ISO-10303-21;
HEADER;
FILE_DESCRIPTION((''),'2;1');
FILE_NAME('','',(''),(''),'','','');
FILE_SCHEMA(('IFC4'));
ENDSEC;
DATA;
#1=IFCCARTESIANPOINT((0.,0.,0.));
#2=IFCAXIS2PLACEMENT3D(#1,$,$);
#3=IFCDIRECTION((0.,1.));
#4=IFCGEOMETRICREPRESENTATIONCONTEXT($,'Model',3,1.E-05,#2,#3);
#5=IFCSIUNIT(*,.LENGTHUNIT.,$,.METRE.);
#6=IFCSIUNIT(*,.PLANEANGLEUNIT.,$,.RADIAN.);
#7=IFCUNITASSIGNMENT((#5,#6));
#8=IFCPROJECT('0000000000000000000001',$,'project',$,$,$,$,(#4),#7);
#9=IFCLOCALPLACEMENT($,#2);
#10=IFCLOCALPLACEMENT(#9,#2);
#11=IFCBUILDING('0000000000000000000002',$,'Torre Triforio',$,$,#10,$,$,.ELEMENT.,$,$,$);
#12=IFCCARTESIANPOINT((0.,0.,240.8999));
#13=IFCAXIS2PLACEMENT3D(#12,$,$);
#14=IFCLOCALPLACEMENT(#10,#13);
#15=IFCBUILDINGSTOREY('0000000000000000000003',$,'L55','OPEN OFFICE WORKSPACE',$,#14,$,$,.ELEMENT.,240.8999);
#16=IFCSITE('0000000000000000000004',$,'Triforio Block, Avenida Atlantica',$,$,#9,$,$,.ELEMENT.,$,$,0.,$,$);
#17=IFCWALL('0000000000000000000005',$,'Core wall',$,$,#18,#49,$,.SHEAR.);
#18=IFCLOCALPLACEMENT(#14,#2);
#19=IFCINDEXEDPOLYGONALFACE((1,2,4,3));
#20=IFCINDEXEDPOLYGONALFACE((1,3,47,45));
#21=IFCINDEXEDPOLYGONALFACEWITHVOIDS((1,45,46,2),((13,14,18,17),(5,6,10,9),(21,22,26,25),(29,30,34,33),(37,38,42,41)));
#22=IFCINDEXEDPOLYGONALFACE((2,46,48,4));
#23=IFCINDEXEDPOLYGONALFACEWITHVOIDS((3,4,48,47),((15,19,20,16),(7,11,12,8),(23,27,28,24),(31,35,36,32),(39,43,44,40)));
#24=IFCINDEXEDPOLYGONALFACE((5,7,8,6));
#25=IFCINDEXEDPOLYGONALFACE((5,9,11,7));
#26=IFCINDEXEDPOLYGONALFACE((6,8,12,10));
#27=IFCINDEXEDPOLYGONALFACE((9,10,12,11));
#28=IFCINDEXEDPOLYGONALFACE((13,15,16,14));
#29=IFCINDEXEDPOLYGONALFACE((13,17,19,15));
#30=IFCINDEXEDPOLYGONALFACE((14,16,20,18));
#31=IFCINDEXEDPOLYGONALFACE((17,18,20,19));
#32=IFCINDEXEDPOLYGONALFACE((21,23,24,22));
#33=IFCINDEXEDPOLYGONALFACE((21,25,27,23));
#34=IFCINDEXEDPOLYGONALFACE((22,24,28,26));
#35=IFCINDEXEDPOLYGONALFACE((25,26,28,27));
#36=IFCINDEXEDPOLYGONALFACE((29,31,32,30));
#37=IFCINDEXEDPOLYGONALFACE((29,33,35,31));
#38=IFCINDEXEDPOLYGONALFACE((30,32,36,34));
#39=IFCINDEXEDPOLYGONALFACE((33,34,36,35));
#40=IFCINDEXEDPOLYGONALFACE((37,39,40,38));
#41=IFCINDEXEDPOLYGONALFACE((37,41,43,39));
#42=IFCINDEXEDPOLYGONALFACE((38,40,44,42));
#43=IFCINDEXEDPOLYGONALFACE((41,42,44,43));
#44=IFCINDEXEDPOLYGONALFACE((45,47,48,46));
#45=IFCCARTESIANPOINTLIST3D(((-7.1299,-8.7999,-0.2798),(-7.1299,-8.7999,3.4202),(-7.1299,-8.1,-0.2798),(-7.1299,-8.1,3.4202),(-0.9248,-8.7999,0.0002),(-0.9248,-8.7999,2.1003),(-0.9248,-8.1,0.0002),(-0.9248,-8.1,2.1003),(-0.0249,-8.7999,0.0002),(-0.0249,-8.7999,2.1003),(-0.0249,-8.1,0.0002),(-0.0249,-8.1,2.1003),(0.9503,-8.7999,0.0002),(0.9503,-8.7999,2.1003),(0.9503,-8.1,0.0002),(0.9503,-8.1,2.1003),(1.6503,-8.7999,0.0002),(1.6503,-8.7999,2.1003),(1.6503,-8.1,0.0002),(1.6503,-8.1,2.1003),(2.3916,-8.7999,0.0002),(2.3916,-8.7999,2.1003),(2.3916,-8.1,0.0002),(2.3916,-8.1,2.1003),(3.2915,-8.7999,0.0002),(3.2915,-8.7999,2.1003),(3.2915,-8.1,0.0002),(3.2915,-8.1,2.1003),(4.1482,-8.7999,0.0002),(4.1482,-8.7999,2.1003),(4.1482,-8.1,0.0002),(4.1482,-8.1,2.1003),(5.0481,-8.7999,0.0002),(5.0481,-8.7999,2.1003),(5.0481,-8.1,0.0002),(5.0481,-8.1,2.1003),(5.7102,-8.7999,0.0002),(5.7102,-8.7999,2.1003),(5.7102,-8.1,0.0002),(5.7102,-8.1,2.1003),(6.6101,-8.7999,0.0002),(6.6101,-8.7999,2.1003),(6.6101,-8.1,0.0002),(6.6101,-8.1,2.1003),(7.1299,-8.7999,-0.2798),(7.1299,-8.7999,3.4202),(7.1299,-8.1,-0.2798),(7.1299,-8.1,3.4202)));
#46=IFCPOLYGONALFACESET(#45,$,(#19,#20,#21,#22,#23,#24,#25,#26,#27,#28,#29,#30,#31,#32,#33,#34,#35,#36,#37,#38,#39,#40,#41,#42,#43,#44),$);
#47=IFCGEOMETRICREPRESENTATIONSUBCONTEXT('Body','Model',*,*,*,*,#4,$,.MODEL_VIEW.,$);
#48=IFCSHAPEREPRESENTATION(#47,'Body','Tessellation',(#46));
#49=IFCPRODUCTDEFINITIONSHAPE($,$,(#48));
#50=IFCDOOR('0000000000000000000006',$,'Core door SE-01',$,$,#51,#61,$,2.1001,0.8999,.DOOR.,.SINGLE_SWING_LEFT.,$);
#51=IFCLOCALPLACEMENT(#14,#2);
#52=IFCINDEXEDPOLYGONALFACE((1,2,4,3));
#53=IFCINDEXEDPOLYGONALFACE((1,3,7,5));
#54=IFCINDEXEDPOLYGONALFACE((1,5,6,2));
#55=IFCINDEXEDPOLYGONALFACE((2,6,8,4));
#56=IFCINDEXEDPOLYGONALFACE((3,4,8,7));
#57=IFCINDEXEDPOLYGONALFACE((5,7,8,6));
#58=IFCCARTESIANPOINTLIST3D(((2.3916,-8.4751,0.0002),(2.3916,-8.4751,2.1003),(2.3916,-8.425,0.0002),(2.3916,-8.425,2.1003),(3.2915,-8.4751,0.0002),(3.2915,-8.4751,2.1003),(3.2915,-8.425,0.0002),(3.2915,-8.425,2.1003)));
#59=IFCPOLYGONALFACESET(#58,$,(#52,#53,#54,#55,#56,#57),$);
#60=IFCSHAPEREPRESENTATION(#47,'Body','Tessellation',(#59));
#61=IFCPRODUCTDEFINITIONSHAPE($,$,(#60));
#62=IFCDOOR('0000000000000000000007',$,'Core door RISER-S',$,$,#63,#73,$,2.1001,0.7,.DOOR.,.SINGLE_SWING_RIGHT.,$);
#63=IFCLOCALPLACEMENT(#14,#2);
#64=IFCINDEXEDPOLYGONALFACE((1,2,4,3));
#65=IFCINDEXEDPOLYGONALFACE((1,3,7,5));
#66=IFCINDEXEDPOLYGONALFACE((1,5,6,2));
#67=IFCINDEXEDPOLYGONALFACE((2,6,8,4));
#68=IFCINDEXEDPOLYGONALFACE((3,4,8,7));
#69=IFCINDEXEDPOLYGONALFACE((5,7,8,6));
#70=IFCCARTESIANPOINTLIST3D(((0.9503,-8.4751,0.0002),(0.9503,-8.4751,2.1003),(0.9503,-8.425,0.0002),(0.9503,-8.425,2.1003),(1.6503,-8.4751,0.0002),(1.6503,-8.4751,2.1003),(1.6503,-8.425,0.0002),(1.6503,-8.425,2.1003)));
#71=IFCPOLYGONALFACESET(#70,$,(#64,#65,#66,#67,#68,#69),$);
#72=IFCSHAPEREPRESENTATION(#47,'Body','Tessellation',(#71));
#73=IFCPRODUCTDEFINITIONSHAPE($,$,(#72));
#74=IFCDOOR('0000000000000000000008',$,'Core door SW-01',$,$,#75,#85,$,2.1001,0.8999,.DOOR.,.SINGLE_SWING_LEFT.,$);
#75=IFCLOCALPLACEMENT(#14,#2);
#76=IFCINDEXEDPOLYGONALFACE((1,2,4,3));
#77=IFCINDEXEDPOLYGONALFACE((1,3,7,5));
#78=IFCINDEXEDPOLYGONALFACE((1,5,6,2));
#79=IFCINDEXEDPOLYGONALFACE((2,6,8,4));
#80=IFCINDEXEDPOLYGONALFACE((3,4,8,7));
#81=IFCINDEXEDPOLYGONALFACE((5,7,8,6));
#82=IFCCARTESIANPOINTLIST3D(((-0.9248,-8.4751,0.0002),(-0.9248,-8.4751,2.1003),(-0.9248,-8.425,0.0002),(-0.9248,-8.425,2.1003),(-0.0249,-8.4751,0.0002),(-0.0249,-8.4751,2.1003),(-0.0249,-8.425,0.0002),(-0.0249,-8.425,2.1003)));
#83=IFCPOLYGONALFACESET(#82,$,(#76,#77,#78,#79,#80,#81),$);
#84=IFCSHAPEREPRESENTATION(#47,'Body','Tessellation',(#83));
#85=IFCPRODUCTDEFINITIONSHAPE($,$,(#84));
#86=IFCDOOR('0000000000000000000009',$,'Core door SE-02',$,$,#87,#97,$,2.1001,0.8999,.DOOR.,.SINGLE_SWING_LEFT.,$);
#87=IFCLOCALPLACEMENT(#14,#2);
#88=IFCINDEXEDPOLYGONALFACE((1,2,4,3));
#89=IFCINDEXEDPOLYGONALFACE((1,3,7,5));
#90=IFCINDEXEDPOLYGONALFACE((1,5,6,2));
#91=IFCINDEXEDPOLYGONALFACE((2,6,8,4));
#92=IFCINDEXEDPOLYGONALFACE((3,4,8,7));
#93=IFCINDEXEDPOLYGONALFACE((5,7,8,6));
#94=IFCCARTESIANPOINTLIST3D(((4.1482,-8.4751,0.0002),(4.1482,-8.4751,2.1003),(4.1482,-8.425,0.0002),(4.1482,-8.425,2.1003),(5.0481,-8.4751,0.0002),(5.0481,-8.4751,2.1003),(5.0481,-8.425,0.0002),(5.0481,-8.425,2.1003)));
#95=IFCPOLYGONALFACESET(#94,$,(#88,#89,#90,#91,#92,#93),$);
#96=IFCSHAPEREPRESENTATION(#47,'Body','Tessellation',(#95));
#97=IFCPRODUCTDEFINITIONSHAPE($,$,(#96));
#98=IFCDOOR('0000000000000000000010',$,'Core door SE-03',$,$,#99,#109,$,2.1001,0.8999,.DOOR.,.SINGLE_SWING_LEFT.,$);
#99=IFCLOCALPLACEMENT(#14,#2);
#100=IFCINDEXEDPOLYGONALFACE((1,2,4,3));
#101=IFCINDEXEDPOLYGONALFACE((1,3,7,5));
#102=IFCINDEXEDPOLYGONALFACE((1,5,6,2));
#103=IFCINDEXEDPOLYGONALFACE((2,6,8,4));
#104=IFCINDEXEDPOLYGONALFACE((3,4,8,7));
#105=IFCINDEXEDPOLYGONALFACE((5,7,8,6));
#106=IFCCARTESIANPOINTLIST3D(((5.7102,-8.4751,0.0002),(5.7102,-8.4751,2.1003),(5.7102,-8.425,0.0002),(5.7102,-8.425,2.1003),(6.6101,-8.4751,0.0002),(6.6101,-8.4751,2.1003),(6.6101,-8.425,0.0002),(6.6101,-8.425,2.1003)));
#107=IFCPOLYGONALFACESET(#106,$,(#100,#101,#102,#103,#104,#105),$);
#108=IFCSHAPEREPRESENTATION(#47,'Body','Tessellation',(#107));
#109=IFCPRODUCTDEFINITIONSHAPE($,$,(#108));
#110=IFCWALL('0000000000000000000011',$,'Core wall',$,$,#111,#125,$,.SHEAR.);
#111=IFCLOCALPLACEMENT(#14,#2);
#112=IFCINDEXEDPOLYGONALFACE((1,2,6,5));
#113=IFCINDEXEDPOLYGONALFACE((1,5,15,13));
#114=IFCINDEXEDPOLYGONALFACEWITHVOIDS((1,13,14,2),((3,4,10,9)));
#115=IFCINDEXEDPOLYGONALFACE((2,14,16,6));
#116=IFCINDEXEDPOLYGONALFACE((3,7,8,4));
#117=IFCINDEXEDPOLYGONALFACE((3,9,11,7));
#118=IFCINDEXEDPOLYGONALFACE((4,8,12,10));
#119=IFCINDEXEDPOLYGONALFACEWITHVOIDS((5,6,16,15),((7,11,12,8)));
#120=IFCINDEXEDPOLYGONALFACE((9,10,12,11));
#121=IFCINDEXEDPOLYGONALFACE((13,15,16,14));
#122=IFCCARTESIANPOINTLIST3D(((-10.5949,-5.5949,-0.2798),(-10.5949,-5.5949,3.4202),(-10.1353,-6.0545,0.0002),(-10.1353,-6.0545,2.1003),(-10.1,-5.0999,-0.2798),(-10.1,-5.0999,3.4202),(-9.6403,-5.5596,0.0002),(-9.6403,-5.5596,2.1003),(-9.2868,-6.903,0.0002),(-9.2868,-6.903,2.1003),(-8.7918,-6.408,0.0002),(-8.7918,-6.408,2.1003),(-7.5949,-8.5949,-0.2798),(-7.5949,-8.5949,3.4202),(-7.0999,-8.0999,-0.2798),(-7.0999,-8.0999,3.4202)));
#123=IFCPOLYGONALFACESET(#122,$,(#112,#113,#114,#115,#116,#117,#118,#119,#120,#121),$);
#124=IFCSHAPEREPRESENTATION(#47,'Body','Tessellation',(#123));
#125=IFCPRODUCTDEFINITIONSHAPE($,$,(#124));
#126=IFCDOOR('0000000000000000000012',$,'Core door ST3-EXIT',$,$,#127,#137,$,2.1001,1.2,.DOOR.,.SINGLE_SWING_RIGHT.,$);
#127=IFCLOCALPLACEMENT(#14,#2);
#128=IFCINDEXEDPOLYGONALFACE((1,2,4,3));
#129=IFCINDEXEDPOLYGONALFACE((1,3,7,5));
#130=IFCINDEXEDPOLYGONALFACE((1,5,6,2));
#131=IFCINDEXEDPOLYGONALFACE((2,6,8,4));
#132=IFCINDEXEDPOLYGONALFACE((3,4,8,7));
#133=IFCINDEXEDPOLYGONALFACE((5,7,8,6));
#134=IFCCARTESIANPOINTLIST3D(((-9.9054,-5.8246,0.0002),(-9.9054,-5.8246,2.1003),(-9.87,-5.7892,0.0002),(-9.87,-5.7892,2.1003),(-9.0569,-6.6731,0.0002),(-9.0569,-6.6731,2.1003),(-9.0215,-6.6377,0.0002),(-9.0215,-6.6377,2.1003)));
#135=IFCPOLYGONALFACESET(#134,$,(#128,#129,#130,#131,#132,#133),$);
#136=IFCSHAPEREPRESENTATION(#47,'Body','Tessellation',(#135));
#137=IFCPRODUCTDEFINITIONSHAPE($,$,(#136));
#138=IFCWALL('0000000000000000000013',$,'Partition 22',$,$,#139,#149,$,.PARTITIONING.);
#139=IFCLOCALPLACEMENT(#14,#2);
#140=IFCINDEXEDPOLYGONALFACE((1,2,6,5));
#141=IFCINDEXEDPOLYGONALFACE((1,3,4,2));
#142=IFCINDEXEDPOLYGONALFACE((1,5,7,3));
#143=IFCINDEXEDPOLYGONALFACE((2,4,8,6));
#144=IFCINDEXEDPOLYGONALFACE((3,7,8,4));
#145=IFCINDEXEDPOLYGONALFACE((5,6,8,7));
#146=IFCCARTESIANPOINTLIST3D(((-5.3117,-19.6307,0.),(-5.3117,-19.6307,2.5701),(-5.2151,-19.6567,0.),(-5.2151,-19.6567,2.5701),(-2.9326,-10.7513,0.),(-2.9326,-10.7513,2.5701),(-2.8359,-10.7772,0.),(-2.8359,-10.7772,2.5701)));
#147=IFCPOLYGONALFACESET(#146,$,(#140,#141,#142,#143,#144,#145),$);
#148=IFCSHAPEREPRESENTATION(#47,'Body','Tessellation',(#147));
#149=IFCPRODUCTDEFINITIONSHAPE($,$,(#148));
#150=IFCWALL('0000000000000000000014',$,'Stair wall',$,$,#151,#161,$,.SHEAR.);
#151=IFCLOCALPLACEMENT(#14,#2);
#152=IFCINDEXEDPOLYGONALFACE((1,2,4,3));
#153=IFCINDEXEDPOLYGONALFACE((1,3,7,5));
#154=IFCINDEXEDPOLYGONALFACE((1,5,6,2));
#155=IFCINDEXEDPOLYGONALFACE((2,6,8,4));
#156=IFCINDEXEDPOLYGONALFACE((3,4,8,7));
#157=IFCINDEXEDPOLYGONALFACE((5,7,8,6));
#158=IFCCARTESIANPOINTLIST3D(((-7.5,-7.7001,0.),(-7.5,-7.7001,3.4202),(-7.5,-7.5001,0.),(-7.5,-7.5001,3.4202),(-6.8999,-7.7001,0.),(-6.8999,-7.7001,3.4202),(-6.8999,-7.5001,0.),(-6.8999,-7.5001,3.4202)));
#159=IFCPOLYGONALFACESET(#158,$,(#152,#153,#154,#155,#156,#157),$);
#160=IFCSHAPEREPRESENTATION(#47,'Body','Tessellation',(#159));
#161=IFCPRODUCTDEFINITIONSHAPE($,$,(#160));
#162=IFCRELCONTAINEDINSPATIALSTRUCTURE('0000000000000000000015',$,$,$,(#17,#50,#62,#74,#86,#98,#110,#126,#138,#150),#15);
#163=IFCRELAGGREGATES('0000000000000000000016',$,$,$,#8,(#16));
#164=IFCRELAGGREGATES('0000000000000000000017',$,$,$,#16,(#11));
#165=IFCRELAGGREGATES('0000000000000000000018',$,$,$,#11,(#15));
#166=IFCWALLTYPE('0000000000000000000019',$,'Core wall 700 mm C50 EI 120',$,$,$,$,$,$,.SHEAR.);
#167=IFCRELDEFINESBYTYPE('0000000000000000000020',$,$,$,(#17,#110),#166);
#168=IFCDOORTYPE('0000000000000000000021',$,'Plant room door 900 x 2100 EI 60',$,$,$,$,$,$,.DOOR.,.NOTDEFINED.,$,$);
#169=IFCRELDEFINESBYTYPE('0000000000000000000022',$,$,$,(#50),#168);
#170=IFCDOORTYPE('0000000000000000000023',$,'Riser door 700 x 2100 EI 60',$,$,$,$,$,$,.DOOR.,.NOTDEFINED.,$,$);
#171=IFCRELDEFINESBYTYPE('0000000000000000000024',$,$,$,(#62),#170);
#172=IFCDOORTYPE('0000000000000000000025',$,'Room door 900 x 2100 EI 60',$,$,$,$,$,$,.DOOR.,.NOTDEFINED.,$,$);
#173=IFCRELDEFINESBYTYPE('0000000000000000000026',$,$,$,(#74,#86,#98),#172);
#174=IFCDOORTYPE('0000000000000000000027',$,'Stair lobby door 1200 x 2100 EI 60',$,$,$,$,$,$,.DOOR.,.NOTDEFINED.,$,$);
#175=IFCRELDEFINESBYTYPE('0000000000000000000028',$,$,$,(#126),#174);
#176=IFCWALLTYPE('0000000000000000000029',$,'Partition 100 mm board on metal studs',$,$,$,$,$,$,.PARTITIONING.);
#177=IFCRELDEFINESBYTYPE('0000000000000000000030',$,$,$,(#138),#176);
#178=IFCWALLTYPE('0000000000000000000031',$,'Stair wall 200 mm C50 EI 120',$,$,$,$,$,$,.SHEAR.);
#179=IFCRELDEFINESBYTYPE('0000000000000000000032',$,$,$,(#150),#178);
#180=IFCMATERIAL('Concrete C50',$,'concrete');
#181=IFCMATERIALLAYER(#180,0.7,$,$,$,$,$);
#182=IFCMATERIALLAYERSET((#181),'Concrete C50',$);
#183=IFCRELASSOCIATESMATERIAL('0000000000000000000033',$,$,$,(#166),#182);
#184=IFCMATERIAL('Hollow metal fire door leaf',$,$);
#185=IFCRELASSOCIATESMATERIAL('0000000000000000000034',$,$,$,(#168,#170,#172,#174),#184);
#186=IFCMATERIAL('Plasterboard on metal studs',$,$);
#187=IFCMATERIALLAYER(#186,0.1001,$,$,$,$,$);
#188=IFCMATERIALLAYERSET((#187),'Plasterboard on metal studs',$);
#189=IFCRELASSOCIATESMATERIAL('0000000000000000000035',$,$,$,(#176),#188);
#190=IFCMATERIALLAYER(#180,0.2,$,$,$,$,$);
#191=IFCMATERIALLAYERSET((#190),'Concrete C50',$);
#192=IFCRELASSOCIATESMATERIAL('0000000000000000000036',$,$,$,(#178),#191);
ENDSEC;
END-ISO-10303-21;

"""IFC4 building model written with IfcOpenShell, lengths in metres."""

from ifc_helpers import new_model, si_unit, direction, frame, frame_2d, origin, place, context, subcontext, project, spatial, rectangle, extrude, material, layer, layer_set, type_object, element, fill, save


model = new_model("IFC4")

# Units and contexts
model_context = context("Model", 3, precision=1e-05, world=origin(), true_north=direction((0.0, 1.0)))
body_context = subcontext(model_context, "Body", "Model", "MODEL_VIEW")
ifc_project = project(units=[si_unit("LENGTHUNIT", "METRE"), si_unit("PLANEANGLEUNIT", "RADIAN")], contexts=[model_context])

# Site, building, storey
site_placement = place(None, origin())
site = spatial("IfcSite", under=ifc_project, at=site_placement, Name="Triforio Block, Avenida Atlantica", CompositionType="ELEMENT", RefElevation=0.0)
building_placement = place(site_placement, origin())
building = spatial("IfcBuilding", under=site, at=building_placement, Name="Torre Triforio", CompositionType="ELEMENT")
storey_placement = place(building_placement, frame((0.0, 0.0, 240.8999)))
storey = spatial("IfcBuildingStorey", under=building, at=storey_placement, Name="L55", Description="OPEN OFFICE WORKSPACE", CompositionType="ELEMENT", Elevation=240.8999)

# Shared definitions
ifc_material_1 = material(Name="Concrete C50", Category="concrete")

# Wall, openings, doors
ifc_layer_1 = layer(ifc_material_1, 0.7)
ifc_layer_set_1 = layer_set([ifc_layer_1], Name="Concrete C50")
wall_type_1 = type_object("IfcWallType", Name="Core wall 700 mm C50 EI 120", PredefinedType="SHEAR", material=ifc_layer_set_1)
wall_1_placement = place(storey_placement, frame((-7.1299, -8.45, -0.2798), z_axis=(0.0, 0.0, 1.0), x_axis=(1.0, 0.0, 0.0)))
wall_1 = element("IfcWall", 1, at=wall_1_placement, inside=storey, type_object=wall_type_1, Name="Core wall", PredefinedType="SHEAR", context=body_context, shape_type="SweptSolid", body=[
    extrude(rectangle(XDim=14.2598, YDim=0.7, at=frame_2d((7.1299, 0.0))), origin(), (0.0, 0.0, 1.0), 3.7),
])
opening_1_placement = place(wall_1_placement, frame((8.0801, 0.0, 0.28)))
opening_1 = element("IfcOpeningElement", 2, at=opening_1_placement, cuts=wall_1, PredefinedType="OPENING", context=body_context, shape_type="SweptSolid", body=[
    extrude(rectangle(XDim=0.7, YDim=2.1001, at=frame_2d((0.3501, 1.05))), frame((0.0, 0.3599, 0.0), z_axis=(0.0, -1.0, 0.0), x_axis=(1.0, 0.0, 0.0)), (0.0, 0.0, 1.0), 0.72),
])
opening_2_placement = place(wall_1_placement, frame((6.2051, 0.0, 0.28)))
opening_2 = element("IfcOpeningElement", 3, at=opening_2_placement, cuts=wall_1, PredefinedType="OPENING", context=body_context, shape_type="SweptSolid", body=[
    extrude(rectangle(XDim=0.8999, YDim=2.1001, at=frame_2d((0.45, 1.05))), frame((0.0, 0.3599, 0.0), z_axis=(0.0, -1.0, 0.0), x_axis=(1.0, 0.0, 0.0)), (0.0, 0.0, 1.0), 0.72),
])
opening_3_placement = place(wall_1_placement, frame((9.5215, 0.0, 0.28)))
opening_3 = element("IfcOpeningElement", 4, at=opening_3_placement, cuts=wall_1, PredefinedType="OPENING", context=body_context, shape_type="SweptSolid", body=[
    extrude(rectangle(XDim=0.8999, YDim=2.1001, at=frame_2d((0.45, 1.05))), frame((0.0, 0.3599, 0.0), z_axis=(0.0, -1.0, 0.0), x_axis=(1.0, 0.0, 0.0)), (0.0, 0.0, 1.0), 0.72),
])
opening_4_placement = place(wall_1_placement, frame((11.2781, 0.0, 0.28)))
opening_4 = element("IfcOpeningElement", 5, at=opening_4_placement, cuts=wall_1, PredefinedType="OPENING", context=body_context, shape_type="SweptSolid", body=[
    extrude(rectangle(XDim=0.8999, YDim=2.1001, at=frame_2d((0.45, 1.05))), frame((0.0, 0.3599, 0.0), z_axis=(0.0, -1.0, 0.0), x_axis=(1.0, 0.0, 0.0)), (0.0, 0.0, 1.0), 0.72),
])
opening_5_placement = place(wall_1_placement, frame((12.8401, 0.0, 0.28)))
opening_5 = element("IfcOpeningElement", 6, at=opening_5_placement, cuts=wall_1, PredefinedType="OPENING", context=body_context, shape_type="SweptSolid", body=[
    extrude(rectangle(XDim=0.8999, YDim=2.1001, at=frame_2d((0.45, 1.05))), frame((0.0, 0.3599, 0.0), z_axis=(0.0, -1.0, 0.0), x_axis=(1.0, 0.0, 0.0)), (0.0, 0.0, 1.0), 0.72),
])
ifc_material_2 = material(Name="Hollow metal fire door leaf")
door_type_1 = type_object("IfcDoorType", Name="Plant room door 900 x 2100 EI 60", OperationType="NOTDEFINED", PredefinedType="DOOR", material=ifc_material_2)
door_1_placement = place(opening_3_placement, origin())
door_1 = element("IfcDoor", 7, at=door_1_placement, inside=storey, type_object=door_type_1, Name="Core door SE-01", OperationType="SINGLE_SWING_LEFT", OverallHeight=2.1001, OverallWidth=0.8999, PredefinedType="DOOR", context=body_context, shape_type="SweptSolid", body=[
    extrude(rectangle(XDim=0.8999, YDim=2.1001, at=frame_2d((0.45, 1.05))), frame((0.0, 0.0249, 0.0), z_axis=(0.0, -1.0, 0.0), x_axis=(1.0, 0.0, 0.0)), (0.0, 0.0, 1.0), 0.05),
])
fill(opening_3, door_1)
door_type_2 = type_object("IfcDoorType", Name="Riser door 700 x 2100 EI 60", OperationType="NOTDEFINED", PredefinedType="DOOR", material=ifc_material_2)
door_2_placement = place(opening_1_placement, origin())
door_2 = element("IfcDoor", 8, at=door_2_placement, inside=storey, type_object=door_type_2, Name="Core door RISER-S", OperationType="SINGLE_SWING_RIGHT", OverallHeight=2.1001, OverallWidth=0.7, PredefinedType="DOOR", context=body_context, shape_type="SweptSolid", body=[
    extrude(rectangle(XDim=0.7, YDim=2.1001, at=frame_2d((0.3501, 1.05))), frame((0.0, 0.0249, 0.0), z_axis=(0.0, -1.0, 0.0), x_axis=(1.0, 0.0, 0.0)), (0.0, 0.0, 1.0), 0.05),
])
fill(opening_1, door_2)
door_type_3 = type_object("IfcDoorType", Name="Room door 900 x 2100 EI 60", OperationType="NOTDEFINED", PredefinedType="DOOR", material=ifc_material_2)
door_3_placement = place(opening_2_placement, origin())
door_3 = element("IfcDoor", 9, at=door_3_placement, inside=storey, type_object=door_type_3, Name="Core door SW-01", OperationType="SINGLE_SWING_LEFT", OverallHeight=2.1001, OverallWidth=0.8999, PredefinedType="DOOR", context=body_context, shape_type="SweptSolid", body=[
    extrude(rectangle(XDim=0.8999, YDim=2.1001, at=frame_2d((0.45, 1.05))), frame((0.0, 0.0249, 0.0), z_axis=(0.0, -1.0, 0.0), x_axis=(1.0, 0.0, 0.0)), (0.0, 0.0, 1.0), 0.05),
])
fill(opening_2, door_3)
door_4_placement = place(opening_4_placement, origin())
door_4 = element("IfcDoor", 10, at=door_4_placement, inside=storey, type_object=door_type_3, Name="Core door SE-02", OperationType="SINGLE_SWING_LEFT", OverallHeight=2.1001, OverallWidth=0.8999, PredefinedType="DOOR", context=body_context, shape_type="SweptSolid", body=[
    extrude(rectangle(XDim=0.8999, YDim=2.1001, at=frame_2d((0.45, 1.05))), frame((0.0, 0.0249, 0.0), z_axis=(0.0, -1.0, 0.0), x_axis=(1.0, 0.0, 0.0)), (0.0, 0.0, 1.0), 0.05),
])
fill(opening_4, door_4)
door_5_placement = place(opening_5_placement, origin())
door_5 = element("IfcDoor", 11, at=door_5_placement, inside=storey, type_object=door_type_3, Name="Core door SE-03", OperationType="SINGLE_SWING_LEFT", OverallHeight=2.1001, OverallWidth=0.8999, PredefinedType="DOOR", context=body_context, shape_type="SweptSolid", body=[
    extrude(rectangle(XDim=0.8999, YDim=2.1001, at=frame_2d((0.45, 1.05))), frame((0.0, 0.0249, 0.0), z_axis=(0.0, -1.0, 0.0), x_axis=(1.0, 0.0, 0.0)), (0.0, 0.0, 1.0), 0.05),
])
fill(opening_5, door_5)

# Wall, opening, door
wall_2_placement = place(storey_placement, frame((-7.3474, -8.3474, -0.2798), z_axis=(0.0, 0.0, 1.0), x_axis=(-0.707107, 0.707107, 0.0)))
wall_2 = element("IfcWall", 12, at=wall_2_placement, inside=storey, type_object=wall_type_1, Name="Core wall", PredefinedType="SHEAR", context=body_context, shape_type="SweptSolid", body=[
    extrude(rectangle(XDim=4.2427, YDim=0.7, at=frame_2d((2.1213, 0.0))), origin(), (0.0, 0.0, 1.0), 3.7),
])
opening_6_placement = place(wall_2_placement, frame((2.3926, 0.0, 0.28)))
opening_6 = element("IfcOpeningElement", 13, at=opening_6_placement, cuts=wall_2, PredefinedType="OPENING", context=body_context, shape_type="SweptSolid", body=[
    extrude(rectangle(XDim=1.2, YDim=2.1001, at=frame_2d((0.6001, 1.05))), frame((0.0, 0.3599, 0.0), z_axis=(0.0, -1.0, 0.0), x_axis=(1.0, 0.0, 0.0)), (0.0, 0.0, 1.0), 0.72),
])
door_type_4 = type_object("IfcDoorType", Name="Stair lobby door 1200 x 2100 EI 60", OperationType="NOTDEFINED", PredefinedType="DOOR", material=ifc_material_2)
door_6_placement = place(opening_6_placement, origin())
door_6 = element("IfcDoor", 14, at=door_6_placement, inside=storey, type_object=door_type_4, Name="Core door ST3-EXIT", OperationType="SINGLE_SWING_RIGHT", OverallHeight=2.1001, OverallWidth=1.2, PredefinedType="DOOR", context=body_context, shape_type="SweptSolid", body=[
    extrude(rectangle(XDim=1.2, YDim=2.1001, at=frame_2d((0.6001, 1.05))), frame((0.0, 0.0249, 0.0), z_axis=(0.0, -1.0, 0.0), x_axis=(1.0, 0.0, 0.0)), (0.0, 0.0, 1.0), 0.05),
])
fill(opening_6, door_6)

# Walls
ifc_material_3 = material(Name="Plasterboard on metal studs")
ifc_layer_2 = layer(ifc_material_3, 0.1001)
ifc_layer_set_2 = layer_set([ifc_layer_2], Name="Plasterboard on metal studs")
wall_type_2 = type_object("IfcWallType", Name="Partition 100 mm board on metal studs", PredefinedType="PARTITIONING", material=ifc_layer_set_2)
wall_3_placement = place(storey_placement, frame((-2.8843, -10.7644, 0.0), z_axis=(0.0, 0.0, 1.0), x_axis=(-0.258811, -0.965928, 0.0)))
element("IfcWall", 15, at=wall_3_placement, inside=storey, type_object=wall_type_2, Name="Partition 22", PredefinedType="PARTITIONING", context=body_context, shape_type="SweptSolid", body=[
    extrude(rectangle(XDim=9.1926, YDim=0.1001, at=frame_2d((4.5962, 0.0))), origin(), (0.0, 0.0, 1.0), 2.5701),
])
ifc_layer_3 = layer(ifc_material_1, 0.2)
ifc_layer_set_3 = layer_set([ifc_layer_3], Name="Concrete C50")
wall_type_3 = type_object("IfcWallType", Name="Stair wall 200 mm C50 EI 120", PredefinedType="SHEAR", material=ifc_layer_set_3)
wall_4_placement = place(storey_placement, frame((-7.5, -7.6001, 0.0), z_axis=(0.0, 0.0, 1.0), x_axis=(1.0, 0.0, 0.0)))
element("IfcWall", 16, at=wall_4_placement, inside=storey, type_object=wall_type_3, Name="Stair wall", PredefinedType="SHEAR", context=body_context, shape_type="SweptSolid", body=[
    extrude(rectangle(XDim=0.6001, YDim=0.2, at=frame_2d((0.3, 0.0))), origin(), (0.0, 0.0, 1.0), 3.4202),
])

save(model, "model.ifc")
